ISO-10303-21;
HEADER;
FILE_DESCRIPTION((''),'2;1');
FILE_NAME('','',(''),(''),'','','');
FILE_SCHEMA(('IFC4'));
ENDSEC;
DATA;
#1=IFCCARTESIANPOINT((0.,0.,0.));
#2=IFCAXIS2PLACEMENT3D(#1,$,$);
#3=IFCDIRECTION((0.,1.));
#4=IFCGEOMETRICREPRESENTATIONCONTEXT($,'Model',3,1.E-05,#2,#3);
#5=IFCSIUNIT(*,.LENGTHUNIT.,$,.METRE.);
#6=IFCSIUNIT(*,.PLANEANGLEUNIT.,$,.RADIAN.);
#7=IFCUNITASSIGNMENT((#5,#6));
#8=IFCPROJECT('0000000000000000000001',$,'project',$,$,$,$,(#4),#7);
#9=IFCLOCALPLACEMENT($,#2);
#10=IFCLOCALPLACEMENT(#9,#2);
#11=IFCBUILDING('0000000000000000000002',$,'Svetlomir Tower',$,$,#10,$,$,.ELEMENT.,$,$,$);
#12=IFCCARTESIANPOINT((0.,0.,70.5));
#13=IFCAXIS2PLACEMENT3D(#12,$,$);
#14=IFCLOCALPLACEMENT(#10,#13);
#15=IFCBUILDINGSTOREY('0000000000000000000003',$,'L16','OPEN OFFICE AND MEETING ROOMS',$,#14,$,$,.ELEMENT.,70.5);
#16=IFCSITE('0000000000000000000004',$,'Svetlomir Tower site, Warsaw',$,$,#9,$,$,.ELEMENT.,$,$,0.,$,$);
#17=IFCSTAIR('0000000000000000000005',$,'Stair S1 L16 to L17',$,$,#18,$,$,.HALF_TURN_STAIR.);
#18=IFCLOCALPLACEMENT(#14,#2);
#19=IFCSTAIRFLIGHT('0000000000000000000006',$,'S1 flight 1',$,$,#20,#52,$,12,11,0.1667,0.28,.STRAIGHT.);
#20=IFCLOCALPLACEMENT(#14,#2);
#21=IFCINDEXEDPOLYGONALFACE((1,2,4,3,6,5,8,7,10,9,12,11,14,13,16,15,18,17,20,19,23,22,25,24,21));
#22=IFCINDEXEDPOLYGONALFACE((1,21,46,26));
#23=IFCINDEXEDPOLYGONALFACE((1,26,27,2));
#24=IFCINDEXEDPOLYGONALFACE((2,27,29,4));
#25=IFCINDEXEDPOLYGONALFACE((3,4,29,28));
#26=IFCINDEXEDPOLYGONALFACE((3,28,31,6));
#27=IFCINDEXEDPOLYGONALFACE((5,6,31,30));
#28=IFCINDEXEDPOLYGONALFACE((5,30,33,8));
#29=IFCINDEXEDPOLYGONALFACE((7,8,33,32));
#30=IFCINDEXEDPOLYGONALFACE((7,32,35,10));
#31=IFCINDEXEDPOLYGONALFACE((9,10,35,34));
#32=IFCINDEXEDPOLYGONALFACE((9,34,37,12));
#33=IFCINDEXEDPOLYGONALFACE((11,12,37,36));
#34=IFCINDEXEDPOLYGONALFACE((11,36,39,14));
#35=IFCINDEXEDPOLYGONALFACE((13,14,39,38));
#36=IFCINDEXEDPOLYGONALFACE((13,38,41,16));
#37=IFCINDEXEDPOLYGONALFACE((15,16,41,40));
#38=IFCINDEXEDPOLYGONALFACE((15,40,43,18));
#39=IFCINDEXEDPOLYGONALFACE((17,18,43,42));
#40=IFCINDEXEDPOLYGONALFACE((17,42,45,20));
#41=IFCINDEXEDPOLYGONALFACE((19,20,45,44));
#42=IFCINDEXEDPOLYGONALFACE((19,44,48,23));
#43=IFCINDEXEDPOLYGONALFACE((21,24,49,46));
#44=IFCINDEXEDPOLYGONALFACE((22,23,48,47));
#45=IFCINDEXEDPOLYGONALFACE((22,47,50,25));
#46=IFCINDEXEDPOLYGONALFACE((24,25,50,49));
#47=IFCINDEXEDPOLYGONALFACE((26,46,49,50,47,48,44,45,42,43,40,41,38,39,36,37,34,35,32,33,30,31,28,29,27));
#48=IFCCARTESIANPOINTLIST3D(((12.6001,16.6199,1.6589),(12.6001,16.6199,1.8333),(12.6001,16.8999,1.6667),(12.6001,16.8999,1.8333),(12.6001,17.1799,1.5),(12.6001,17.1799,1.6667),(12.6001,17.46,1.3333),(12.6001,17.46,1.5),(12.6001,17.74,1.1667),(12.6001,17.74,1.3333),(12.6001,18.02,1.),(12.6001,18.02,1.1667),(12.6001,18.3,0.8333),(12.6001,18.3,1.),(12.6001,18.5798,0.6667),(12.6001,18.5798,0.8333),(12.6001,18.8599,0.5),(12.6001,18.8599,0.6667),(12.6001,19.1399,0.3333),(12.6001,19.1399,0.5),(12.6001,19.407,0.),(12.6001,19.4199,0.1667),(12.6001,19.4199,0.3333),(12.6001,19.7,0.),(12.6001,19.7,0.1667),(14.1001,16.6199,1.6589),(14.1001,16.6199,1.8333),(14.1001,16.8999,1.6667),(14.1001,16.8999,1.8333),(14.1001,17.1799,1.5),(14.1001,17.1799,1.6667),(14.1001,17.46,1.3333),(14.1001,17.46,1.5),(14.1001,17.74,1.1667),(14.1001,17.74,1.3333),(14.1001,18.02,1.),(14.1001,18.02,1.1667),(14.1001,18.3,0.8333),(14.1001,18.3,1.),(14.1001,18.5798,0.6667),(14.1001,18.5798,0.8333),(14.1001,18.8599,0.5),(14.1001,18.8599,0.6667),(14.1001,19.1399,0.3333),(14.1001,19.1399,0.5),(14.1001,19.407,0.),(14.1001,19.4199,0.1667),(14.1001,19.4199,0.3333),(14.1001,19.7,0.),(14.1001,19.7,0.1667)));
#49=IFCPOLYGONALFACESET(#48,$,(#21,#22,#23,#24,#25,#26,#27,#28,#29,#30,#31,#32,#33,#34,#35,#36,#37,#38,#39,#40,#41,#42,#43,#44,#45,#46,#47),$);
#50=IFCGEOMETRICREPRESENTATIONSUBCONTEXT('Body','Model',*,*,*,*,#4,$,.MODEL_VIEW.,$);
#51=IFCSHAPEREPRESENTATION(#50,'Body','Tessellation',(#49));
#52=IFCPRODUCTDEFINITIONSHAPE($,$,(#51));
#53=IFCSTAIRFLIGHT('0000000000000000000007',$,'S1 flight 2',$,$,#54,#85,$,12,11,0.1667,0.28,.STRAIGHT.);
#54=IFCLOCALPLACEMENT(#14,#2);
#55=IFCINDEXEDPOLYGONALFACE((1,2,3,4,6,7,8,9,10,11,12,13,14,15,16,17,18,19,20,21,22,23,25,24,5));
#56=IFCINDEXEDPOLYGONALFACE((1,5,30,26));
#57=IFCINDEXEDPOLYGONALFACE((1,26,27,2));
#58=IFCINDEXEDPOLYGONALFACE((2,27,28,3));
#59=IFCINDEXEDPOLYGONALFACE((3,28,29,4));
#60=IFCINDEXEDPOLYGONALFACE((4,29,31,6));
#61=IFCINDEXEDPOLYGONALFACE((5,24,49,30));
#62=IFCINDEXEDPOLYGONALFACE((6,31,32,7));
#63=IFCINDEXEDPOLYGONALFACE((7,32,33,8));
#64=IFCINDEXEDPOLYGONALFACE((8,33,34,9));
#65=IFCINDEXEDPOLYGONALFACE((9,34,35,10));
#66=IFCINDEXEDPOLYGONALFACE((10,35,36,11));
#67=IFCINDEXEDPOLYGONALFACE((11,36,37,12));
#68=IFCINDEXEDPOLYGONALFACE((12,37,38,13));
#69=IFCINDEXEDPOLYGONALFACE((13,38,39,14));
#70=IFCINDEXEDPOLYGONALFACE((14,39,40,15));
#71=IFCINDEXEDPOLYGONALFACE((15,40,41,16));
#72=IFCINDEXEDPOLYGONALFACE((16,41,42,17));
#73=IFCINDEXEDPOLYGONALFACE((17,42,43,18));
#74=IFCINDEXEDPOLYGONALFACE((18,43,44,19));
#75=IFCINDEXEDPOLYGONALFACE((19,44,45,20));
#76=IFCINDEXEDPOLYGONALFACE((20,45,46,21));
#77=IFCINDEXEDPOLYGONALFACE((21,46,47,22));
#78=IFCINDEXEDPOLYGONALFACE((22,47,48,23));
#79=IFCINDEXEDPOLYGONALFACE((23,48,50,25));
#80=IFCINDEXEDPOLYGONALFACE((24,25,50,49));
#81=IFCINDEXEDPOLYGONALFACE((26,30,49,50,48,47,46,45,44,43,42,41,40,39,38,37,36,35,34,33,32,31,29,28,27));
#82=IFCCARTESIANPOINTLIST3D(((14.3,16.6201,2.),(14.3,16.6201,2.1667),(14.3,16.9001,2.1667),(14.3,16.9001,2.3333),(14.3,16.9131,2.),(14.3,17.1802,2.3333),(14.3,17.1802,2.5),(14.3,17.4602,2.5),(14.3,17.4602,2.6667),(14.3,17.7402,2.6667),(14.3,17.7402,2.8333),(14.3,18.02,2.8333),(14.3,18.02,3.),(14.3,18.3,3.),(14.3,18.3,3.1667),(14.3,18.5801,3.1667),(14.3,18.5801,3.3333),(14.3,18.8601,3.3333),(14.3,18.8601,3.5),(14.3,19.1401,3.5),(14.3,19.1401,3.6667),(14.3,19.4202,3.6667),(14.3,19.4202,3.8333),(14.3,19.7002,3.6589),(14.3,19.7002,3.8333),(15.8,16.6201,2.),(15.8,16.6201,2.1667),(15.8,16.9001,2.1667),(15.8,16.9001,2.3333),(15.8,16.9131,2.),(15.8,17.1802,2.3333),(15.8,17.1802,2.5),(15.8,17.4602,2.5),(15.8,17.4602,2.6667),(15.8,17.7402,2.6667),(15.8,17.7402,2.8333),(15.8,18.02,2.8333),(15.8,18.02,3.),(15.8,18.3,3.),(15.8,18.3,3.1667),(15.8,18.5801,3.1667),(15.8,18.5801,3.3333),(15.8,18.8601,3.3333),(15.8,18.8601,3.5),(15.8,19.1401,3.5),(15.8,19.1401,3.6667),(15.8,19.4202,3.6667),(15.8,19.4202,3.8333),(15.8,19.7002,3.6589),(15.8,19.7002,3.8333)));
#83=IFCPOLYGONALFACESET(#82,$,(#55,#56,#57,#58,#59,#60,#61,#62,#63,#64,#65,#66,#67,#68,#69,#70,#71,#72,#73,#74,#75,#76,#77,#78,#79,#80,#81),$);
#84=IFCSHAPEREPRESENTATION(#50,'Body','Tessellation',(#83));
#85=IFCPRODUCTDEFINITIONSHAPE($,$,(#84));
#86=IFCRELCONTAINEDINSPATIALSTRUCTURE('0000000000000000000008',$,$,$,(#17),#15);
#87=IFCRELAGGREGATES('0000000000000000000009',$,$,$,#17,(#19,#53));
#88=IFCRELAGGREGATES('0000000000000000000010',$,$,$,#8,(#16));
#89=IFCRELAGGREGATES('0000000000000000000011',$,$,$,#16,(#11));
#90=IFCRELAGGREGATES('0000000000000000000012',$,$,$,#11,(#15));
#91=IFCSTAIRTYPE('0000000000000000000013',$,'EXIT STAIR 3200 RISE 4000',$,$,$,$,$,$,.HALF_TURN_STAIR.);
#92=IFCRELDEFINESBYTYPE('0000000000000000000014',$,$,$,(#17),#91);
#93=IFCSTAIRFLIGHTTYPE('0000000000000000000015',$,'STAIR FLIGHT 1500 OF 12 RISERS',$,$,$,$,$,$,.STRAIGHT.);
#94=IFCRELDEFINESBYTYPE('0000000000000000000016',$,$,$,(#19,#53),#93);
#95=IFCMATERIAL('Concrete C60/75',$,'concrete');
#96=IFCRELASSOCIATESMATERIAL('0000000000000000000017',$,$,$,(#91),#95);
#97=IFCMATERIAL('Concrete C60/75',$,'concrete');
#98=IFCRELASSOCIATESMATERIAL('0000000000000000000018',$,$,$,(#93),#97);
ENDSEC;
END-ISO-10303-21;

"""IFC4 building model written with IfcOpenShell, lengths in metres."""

from ifc_helpers import new_model, si_unit, direction, frame, origin, place, context, subcontext, project, spatial, polyline, outline, extrude, material, type_object, element, aggregate, save


model = new_model("IFC4")

# Units and contexts
model_context = context("Model", 3, precision=1e-05, world=origin(), true_north=direction((0.0, 1.0)))
body_context = subcontext(model_context, "Body", "Model", "MODEL_VIEW")
ifc_project = project(units=[si_unit("LENGTHUNIT", "METRE"), si_unit("PLANEANGLEUNIT", "RADIAN")], contexts=[model_context])

# Site, building, storey
site_placement = place(None, origin())
site = spatial("IfcSite", under=ifc_project, at=site_placement, Name="Svetlomir Tower site, Warsaw", CompositionType="ELEMENT", RefElevation=0.0)
building_placement = place(site_placement, origin())
building = spatial("IfcBuilding", under=site, at=building_placement, Name="Svetlomir Tower", CompositionType="ELEMENT")
storey_placement = place(building_placement, frame((0.0, 0.0, 70.5)))
storey = spatial("IfcBuildingStorey", under=building, at=storey_placement, Name="L16", Description="OPEN OFFICE AND MEETING ROOMS", CompositionType="ELEMENT", Elevation=70.5)

# Stair, stair flights
ifc_material_1 = material(Name="Concrete C60/75", Category="concrete")
stair_type = type_object("IfcStairType", Name="EXIT STAIR 3200 RISE 4000", PredefinedType="HALF_TURN_STAIR", material=ifc_material_1)
stair_placement = place(storey_placement, origin())
stair = element("IfcStair", 1, at=stair_placement, inside=storey, type_object=stair_type, Name="Stair S1 L16 to L17", PredefinedType="HALF_TURN_STAIR")
ifc_material_2 = material(Name="Concrete C60/75", Category="concrete")
stair_flight_type = type_object("IfcStairFlightType", Name="STAIR FLIGHT 1500 OF 12 RISERS", PredefinedType="STRAIGHT", material=ifc_material_2)
stair_flight_1_placement = place(storey_placement, frame((13.3501, 19.7, 0.0), z_axis=(0.0, 0.0, 1.0), x_axis=(0.0, -1.0, 0.0)))
stair_flight_1 = element("IfcStairFlight", 2, at=stair_flight_1_placement, type_object=stair_flight_type, Name="S1 flight 1", NumberOfRisers=12, NumberOfTreads=11, PredefinedType="STRAIGHT", RiserHeight=0.1667, TreadLength=0.28, context=body_context, shape_type="SweptSolid", body=[
    extrude(outline(polyline([(0.0, 0.0), (0.0, 0.1667), (0.28, 0.1667), (0.28, 0.3333), (0.5601, 0.3333), (0.5601, 0.5), (0.8401, 0.5), (0.8401, 0.6667), (1.1201, 0.6667), (1.1201, 0.8333), (1.3999, 0.8333), (1.3999, 1.0), (1.6799, 1.0), (1.6799, 1.1667), (1.96, 1.1667), (1.96, 1.3333), (2.24, 1.3333), (2.24, 1.5), (2.52, 1.5), (2.52, 1.6667), (2.8, 1.6667), (2.8, 1.8333), (3.0801, 1.8333), (3.0801, 2.0), (3.0801, 1.6589), (0.293, 0.0), (0.0, 0.0)])), frame((0.0, 0.75, 0.0), z_axis=(0.0, -1.0, 0.0), x_axis=(1.0, 0.0, 0.0)), (0.0, 0.0, 1.0), 1.5),
])
stair_flight_2_placement = place(storey_placement, frame((15.05, 16.6201, 2.0), z_axis=(0.0, 0.0, 1.0), x_axis=(0.0, 1.0, 0.0)))
stair_flight_2 = element("IfcStairFlight", 3, at=stair_flight_2_placement, type_object=stair_flight_type, Name="S1 flight 2", NumberOfRisers=12, NumberOfTreads=11, PredefinedType="STRAIGHT", RiserHeight=0.1667, TreadLength=0.28, context=body_context, shape_type="SweptSolid", body=[
    extrude(outline(polyline([(0.0, 0.0), (0.0, 0.1667), (0.28, 0.1667), (0.28, 0.3333), (0.5601, 0.3333), (0.5601, 0.5), (0.8401, 0.5), (0.8401, 0.6667), (1.1201, 0.6667), (1.1201, 0.8333), (1.3999, 0.8333), (1.3999, 1.0), (1.6799, 1.0), (1.6799, 1.1667), (1.96, 1.1667), (1.96, 1.3333), (2.24, 1.3333), (2.24, 1.5), (2.52, 1.5), (2.52, 1.6667), (2.8, 1.6667), (2.8, 1.8333), (3.0801, 1.8333), (3.0801, 2.0), (3.0801, 1.6589), (0.293, 0.0), (0.0, 0.0)])), frame((0.0, 0.75, 0.0), z_axis=(0.0, -1.0, 0.0), x_axis=(1.0, 0.0, 0.0)), (0.0, 0.0, 1.0), 1.5),
])
aggregate(stair, [stair_flight_1, stair_flight_2])

save(model, "model.ifc")
